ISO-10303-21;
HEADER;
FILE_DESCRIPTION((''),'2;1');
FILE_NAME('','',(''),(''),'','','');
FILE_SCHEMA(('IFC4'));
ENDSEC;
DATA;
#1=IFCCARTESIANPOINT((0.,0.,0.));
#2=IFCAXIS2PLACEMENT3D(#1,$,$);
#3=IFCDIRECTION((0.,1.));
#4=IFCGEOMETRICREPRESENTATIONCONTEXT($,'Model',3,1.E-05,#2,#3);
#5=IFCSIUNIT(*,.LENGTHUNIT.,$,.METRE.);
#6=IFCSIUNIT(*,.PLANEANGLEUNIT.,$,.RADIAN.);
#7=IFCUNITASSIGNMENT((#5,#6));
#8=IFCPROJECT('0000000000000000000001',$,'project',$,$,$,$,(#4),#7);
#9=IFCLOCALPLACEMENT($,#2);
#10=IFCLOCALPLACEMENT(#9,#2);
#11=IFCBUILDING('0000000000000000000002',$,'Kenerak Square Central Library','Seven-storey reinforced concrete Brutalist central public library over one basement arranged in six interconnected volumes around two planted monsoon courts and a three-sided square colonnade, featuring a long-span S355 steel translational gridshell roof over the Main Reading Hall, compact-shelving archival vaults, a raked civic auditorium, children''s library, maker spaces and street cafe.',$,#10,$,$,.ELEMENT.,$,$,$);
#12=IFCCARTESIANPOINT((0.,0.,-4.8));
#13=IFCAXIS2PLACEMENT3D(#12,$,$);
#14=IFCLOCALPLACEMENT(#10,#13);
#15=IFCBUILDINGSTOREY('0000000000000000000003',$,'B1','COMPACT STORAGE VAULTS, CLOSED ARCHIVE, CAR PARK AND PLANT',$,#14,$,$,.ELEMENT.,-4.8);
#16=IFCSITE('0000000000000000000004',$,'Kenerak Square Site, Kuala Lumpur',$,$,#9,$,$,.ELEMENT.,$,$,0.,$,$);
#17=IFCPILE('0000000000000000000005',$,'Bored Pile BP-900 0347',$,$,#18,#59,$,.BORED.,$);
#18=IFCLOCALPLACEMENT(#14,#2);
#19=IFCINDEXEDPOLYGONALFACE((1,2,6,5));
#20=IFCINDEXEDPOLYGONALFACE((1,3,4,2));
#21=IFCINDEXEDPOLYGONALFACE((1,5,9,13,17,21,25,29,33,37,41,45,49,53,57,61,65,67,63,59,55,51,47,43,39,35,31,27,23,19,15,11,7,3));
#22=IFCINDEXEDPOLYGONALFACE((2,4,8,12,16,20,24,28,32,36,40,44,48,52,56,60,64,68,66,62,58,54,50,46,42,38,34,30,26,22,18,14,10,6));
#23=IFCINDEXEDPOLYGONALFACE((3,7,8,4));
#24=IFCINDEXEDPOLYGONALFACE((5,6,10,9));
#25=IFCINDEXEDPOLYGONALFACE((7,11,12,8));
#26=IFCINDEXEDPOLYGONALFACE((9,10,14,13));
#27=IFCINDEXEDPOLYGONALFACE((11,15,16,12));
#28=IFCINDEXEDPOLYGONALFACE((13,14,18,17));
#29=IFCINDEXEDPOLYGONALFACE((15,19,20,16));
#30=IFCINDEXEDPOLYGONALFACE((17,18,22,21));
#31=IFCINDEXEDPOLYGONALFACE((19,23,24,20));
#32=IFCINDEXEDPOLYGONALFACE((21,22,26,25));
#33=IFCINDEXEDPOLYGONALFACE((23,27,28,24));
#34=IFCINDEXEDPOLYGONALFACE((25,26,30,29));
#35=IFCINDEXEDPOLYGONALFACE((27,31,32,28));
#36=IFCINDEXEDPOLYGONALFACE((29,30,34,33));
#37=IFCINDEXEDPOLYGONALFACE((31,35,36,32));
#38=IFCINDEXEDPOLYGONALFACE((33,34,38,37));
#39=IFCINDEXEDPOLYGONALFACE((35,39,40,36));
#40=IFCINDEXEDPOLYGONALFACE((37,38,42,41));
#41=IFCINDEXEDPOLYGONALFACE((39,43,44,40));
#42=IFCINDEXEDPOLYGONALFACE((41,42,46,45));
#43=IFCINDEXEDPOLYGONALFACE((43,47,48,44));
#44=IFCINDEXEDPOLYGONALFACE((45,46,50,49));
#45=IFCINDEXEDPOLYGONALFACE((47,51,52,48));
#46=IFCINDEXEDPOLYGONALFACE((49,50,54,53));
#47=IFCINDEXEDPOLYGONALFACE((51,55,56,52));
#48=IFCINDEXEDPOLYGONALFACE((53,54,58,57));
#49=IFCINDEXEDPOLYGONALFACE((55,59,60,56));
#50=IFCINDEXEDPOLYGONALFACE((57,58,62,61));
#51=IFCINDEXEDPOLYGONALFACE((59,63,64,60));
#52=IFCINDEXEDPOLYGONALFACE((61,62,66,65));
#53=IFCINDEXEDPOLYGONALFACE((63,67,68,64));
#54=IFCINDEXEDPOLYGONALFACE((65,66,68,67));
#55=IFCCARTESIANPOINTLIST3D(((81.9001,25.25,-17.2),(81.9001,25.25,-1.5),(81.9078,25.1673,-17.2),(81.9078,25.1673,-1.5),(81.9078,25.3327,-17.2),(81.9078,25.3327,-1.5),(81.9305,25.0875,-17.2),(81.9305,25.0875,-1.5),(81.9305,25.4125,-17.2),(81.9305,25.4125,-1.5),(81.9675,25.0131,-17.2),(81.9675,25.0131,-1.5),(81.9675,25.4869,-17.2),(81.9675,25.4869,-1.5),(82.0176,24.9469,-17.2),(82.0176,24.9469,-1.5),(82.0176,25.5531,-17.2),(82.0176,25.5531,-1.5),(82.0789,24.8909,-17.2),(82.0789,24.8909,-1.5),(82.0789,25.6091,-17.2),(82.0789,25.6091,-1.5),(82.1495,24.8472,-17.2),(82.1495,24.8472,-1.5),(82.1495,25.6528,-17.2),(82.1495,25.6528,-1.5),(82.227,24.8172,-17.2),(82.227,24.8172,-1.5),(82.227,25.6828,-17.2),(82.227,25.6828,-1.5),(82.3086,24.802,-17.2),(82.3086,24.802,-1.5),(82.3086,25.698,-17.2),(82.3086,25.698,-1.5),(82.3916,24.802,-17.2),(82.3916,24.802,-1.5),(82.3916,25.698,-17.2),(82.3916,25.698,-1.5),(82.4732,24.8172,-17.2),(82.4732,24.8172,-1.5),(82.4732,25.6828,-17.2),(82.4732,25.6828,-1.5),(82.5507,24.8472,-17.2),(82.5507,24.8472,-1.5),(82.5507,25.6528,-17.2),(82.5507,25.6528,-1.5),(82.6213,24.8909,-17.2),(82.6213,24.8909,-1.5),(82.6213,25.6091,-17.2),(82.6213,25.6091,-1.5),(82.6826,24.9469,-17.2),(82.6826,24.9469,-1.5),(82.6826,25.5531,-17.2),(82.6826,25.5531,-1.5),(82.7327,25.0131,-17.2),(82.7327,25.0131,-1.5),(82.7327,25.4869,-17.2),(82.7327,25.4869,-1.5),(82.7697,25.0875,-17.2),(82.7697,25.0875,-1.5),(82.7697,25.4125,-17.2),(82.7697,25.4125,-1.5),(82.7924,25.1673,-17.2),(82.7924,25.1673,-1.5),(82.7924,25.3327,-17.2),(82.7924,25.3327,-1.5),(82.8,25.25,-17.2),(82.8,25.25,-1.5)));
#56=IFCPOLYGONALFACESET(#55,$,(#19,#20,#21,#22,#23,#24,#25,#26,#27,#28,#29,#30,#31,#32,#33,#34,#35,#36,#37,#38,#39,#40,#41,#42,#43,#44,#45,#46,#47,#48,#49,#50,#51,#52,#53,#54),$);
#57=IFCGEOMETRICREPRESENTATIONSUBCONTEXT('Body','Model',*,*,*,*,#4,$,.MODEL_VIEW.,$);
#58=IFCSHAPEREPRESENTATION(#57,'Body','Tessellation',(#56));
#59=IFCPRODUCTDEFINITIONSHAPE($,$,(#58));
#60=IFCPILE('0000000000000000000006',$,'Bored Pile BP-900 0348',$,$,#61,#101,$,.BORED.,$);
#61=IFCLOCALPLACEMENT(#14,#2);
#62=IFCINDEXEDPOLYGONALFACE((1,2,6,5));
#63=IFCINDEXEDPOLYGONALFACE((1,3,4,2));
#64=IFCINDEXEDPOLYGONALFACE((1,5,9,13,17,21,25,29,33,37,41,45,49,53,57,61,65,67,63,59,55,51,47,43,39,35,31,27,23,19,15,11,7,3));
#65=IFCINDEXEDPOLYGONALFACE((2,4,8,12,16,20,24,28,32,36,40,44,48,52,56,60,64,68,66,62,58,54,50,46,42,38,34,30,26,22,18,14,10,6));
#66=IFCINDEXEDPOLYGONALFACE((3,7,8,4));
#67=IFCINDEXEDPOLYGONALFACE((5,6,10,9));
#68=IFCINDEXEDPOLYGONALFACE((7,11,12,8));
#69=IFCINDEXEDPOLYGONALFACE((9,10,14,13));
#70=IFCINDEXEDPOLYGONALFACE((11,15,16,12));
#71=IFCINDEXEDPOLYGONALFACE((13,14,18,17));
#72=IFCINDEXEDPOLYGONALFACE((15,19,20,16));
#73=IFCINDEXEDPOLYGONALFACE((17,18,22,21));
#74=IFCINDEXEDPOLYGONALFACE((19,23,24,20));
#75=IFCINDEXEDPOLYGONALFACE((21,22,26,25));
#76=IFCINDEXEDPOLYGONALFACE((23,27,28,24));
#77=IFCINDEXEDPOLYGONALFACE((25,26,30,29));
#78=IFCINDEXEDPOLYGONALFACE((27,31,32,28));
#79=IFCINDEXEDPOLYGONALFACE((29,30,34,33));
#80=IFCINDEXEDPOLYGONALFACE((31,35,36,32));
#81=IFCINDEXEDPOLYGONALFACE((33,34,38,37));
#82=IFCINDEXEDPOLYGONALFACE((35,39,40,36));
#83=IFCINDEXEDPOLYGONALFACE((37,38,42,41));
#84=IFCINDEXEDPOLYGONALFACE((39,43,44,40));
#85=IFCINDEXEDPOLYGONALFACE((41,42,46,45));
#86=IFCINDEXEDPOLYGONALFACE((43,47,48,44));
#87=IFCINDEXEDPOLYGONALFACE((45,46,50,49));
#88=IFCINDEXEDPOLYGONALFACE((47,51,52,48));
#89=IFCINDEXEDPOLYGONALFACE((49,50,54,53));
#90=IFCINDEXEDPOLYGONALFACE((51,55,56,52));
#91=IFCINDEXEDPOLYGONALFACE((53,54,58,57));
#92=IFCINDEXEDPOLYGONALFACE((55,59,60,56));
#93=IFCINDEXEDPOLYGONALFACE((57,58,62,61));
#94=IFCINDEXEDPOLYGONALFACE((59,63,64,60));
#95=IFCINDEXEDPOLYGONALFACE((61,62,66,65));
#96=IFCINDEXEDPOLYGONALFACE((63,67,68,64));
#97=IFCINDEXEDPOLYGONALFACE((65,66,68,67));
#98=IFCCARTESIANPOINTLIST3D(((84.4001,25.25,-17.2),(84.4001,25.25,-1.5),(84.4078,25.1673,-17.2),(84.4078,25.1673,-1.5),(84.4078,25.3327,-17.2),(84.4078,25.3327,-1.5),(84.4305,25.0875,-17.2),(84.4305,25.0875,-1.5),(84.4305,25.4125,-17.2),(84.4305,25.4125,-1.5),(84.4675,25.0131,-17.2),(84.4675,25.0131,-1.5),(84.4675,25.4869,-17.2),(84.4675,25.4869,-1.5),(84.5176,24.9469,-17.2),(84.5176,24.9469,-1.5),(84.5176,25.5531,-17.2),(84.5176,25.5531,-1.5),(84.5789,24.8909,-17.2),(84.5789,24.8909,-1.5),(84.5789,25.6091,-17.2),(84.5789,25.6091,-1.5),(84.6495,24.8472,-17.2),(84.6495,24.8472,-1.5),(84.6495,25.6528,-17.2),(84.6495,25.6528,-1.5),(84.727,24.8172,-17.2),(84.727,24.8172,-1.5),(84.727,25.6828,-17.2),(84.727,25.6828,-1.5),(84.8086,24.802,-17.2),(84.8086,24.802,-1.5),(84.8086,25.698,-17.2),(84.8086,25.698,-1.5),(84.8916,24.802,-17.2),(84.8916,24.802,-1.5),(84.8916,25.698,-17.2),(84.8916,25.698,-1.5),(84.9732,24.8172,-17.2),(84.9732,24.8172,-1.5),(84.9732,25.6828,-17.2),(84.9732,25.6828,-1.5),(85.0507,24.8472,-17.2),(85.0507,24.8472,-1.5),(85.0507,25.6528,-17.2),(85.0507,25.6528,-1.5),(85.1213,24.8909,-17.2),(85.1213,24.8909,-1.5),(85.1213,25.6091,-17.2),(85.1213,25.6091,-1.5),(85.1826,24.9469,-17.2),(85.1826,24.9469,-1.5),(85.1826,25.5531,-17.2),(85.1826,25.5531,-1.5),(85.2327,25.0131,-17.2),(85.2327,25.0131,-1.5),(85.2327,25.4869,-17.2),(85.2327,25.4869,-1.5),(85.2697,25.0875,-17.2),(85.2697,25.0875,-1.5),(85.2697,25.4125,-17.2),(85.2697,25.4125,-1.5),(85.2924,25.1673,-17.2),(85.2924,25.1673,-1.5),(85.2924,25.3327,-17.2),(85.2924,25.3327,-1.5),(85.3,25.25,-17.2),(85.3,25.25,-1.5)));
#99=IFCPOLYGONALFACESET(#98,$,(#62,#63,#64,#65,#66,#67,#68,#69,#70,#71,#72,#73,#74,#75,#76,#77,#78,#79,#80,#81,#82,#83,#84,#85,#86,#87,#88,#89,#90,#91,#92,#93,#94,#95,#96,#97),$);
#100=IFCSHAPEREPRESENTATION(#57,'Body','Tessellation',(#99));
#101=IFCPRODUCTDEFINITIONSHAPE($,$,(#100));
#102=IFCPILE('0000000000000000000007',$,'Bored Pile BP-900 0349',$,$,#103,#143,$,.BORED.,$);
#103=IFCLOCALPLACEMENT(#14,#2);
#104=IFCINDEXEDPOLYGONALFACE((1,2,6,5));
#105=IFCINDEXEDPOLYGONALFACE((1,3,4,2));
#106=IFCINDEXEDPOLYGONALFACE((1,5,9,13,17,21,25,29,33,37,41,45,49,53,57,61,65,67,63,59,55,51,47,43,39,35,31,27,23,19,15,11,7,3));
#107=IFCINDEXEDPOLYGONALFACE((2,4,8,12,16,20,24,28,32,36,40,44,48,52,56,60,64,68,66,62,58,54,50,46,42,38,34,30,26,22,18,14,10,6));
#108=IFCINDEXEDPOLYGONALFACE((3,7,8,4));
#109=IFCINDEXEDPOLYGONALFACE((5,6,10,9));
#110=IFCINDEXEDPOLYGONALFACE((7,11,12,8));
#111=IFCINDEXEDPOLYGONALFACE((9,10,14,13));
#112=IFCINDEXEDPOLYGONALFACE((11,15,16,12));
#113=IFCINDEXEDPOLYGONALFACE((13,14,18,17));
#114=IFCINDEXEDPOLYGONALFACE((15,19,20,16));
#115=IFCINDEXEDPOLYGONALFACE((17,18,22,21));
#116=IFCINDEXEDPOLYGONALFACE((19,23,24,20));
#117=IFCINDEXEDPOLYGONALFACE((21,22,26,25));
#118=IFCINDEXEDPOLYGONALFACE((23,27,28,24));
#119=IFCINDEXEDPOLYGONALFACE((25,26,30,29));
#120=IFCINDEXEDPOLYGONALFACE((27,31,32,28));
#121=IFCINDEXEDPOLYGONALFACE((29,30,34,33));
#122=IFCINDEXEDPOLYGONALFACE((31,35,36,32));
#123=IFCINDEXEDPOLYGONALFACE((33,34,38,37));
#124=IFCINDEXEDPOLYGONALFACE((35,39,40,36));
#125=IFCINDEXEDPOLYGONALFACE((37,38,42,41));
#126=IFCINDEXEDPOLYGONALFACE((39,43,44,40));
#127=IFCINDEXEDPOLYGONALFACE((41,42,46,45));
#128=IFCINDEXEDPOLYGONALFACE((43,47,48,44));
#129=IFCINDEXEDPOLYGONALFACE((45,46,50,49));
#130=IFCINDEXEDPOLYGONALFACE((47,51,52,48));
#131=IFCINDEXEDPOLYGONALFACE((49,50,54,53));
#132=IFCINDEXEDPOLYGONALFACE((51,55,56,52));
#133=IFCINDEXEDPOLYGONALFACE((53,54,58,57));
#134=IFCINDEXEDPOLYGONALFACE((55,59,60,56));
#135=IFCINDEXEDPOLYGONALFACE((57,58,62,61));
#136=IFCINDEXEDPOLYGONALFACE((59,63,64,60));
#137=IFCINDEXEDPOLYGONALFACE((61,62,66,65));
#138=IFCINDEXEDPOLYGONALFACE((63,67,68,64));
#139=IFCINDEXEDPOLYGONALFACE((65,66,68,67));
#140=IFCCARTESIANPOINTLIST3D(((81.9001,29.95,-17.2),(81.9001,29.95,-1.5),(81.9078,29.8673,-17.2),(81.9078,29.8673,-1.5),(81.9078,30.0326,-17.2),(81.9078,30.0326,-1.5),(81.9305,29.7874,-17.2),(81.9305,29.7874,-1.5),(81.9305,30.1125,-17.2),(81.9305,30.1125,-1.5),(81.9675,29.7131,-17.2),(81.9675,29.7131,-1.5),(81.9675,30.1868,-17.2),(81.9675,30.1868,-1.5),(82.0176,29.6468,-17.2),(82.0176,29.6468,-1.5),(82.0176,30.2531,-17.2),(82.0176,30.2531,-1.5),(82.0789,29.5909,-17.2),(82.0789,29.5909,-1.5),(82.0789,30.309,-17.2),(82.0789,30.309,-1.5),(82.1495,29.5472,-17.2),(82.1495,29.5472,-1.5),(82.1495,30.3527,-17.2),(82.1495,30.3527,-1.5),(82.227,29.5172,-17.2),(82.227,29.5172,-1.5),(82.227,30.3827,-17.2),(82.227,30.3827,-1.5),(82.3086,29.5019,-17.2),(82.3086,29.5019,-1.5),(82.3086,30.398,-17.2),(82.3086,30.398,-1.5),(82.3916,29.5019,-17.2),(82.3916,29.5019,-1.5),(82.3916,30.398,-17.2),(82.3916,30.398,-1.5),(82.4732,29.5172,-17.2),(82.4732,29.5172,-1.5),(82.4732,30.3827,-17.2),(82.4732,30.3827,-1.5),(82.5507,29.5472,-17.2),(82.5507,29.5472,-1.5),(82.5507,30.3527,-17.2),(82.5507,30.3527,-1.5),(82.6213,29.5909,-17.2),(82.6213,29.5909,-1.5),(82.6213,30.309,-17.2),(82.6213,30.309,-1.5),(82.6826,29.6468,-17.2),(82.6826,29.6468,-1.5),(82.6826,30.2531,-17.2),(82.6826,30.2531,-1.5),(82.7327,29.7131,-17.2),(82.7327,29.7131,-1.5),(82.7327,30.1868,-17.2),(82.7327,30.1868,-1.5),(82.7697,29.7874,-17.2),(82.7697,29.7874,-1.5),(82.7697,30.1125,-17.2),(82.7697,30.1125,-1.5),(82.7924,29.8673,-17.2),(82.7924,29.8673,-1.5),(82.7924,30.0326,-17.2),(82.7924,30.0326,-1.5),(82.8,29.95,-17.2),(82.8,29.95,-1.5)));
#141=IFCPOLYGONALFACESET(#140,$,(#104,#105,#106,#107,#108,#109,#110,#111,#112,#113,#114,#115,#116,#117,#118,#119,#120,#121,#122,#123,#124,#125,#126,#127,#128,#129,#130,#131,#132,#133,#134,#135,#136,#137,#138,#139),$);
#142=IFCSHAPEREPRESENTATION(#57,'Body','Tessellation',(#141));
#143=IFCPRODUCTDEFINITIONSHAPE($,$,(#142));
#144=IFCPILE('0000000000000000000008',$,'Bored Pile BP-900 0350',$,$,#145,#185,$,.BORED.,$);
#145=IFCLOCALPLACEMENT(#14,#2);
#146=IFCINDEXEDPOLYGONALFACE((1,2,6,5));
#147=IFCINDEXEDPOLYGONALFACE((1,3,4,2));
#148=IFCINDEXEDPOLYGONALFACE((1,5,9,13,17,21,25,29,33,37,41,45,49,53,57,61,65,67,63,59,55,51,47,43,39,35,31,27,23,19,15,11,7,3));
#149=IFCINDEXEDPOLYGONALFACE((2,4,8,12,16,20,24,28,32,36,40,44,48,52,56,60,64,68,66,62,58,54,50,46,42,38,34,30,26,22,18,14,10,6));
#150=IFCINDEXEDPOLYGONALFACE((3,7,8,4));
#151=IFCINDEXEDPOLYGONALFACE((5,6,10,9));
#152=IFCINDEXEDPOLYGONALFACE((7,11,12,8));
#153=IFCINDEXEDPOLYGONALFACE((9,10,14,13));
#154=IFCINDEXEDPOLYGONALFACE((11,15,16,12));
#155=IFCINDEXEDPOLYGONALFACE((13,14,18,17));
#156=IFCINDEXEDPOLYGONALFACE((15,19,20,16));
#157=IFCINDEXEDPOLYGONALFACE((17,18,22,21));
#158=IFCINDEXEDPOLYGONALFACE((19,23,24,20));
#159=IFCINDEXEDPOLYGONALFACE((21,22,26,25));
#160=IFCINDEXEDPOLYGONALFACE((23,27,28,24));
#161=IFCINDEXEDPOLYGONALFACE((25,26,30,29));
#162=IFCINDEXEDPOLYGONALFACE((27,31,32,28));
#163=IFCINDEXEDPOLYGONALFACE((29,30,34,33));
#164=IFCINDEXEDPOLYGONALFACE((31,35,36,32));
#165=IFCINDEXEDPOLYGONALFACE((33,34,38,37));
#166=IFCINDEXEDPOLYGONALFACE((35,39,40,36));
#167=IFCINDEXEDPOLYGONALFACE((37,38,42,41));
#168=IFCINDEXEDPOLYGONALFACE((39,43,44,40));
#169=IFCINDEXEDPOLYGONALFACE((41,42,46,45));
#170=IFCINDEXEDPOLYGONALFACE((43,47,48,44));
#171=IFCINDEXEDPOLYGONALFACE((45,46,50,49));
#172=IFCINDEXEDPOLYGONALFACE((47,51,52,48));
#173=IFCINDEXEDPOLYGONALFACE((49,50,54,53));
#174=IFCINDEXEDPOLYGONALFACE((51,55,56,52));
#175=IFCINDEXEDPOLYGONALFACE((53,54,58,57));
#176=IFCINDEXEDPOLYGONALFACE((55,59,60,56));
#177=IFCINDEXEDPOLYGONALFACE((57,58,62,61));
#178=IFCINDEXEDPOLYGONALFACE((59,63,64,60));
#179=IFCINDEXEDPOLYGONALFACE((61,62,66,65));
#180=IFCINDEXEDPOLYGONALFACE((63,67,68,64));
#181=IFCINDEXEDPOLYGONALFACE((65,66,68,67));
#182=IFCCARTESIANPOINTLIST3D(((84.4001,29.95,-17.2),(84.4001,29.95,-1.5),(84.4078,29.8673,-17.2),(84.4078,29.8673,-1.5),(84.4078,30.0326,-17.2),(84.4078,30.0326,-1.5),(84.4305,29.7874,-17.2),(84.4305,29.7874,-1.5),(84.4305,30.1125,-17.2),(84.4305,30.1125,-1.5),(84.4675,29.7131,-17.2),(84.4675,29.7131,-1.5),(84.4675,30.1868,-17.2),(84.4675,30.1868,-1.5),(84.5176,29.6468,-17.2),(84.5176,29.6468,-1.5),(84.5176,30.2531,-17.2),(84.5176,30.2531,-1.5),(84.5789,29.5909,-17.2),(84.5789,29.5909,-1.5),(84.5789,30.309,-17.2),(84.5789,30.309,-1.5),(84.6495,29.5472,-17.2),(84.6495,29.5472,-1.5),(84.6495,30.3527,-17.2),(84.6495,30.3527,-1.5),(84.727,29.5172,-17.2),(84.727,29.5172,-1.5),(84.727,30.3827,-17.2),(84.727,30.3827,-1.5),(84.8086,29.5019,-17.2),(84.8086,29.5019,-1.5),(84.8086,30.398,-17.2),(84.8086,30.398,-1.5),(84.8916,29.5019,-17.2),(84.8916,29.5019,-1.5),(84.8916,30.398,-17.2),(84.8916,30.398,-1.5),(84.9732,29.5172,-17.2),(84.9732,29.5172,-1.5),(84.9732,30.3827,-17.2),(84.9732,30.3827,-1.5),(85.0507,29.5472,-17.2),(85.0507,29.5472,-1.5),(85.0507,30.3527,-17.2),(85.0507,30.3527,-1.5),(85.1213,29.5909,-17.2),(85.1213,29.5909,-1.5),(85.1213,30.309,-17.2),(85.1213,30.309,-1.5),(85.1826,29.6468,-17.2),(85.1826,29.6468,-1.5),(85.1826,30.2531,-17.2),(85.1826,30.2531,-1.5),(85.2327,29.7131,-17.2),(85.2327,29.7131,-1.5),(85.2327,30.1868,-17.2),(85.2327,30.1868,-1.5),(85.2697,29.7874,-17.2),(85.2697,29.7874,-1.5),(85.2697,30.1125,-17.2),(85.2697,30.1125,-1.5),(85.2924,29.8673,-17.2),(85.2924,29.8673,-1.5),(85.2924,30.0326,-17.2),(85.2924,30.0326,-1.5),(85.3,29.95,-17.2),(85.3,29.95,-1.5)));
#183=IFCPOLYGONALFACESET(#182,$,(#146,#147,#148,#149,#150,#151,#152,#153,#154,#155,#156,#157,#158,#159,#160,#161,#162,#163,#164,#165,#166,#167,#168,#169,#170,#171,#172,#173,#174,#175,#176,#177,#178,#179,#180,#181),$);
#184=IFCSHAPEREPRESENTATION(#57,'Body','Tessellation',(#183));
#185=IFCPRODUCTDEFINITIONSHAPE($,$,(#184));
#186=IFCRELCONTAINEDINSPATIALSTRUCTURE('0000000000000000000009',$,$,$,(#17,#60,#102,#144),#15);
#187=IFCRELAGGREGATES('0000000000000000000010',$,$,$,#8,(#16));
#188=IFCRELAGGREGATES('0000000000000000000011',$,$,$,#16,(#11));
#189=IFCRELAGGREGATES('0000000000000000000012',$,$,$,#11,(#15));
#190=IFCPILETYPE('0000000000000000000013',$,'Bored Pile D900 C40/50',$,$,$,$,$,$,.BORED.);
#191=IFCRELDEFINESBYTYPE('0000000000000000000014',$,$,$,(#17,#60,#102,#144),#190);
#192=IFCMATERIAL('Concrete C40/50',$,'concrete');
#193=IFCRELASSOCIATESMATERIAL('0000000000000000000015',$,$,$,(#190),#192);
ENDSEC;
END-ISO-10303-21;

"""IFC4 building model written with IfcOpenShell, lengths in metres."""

from ifc_helpers import new_model, si_unit, direction, frame, origin, origin_2d, place, context, subcontext, project, spatial, circle, extrude, material, material_profile, profile_set, type_object, element, save


model = new_model("IFC4")

# Units and contexts
model_context = context("Model", 3, precision=1e-05, world=origin(), true_north=direction((0.0, 1.0)))
body_context = subcontext(model_context, "Body", "Model", "MODEL_VIEW")
ifc_project = project(units=[si_unit("LENGTHUNIT", "METRE"), si_unit("PLANEANGLEUNIT", "RADIAN")], contexts=[model_context])

# Site, building, storey
site_placement = place(None, origin())
site = spatial("IfcSite", under=ifc_project, at=site_placement, Name="Kenerak Square Site, Kuala Lumpur", CompositionType="ELEMENT", RefElevation=0.0)
building_placement = place(site_placement, origin())
building = spatial("IfcBuilding", under=site, at=building_placement, Name="Kenerak Square Central Library", Description="Seven-storey reinforced concrete Brutalist central public library over one basement arranged in six interconnected volumes around two planted monsoon courts and a three-sided square colonnade, featuring a long-span S355 steel translational gridshell roof over the Main Reading Hall, compact-shelving archival vaults, a raked civic auditorium, children's library, maker spaces and street cafe.", CompositionType="ELEMENT")
storey_placement = place(building_placement, frame((0.0, 0.0, -4.8)))
storey = spatial("IfcBuildingStorey", under=building, at=storey_placement, Name="B1", Description="COMPACT STORAGE VAULTS, CLOSED ARCHIVE, CAR PARK AND PLANT", CompositionType="ELEMENT", Elevation=-4.8)

# Piles
ifc_material_1 = material(Name="Concrete C40/50", Category="concrete")
ifc_material_profile_1 = material_profile(ifc_material_1, circle(Radius=0.45, at=origin_2d()), Name="BP D900")
ifc_profile_set_1 = profile_set([ifc_material_profile_1], Name="Concrete C40/50")
pile_type = type_object("IfcPileType", Name="Bored Pile D900 C40/50", PredefinedType="BORED", material=ifc_profile_set_1)
for number, where, z_axis, x_axis, name in (
    (1, (82.3501, 25.25, -1.5), (0.0, 0.0, -1.0), (1.0, 0.0, 0.0), "Bored Pile BP-900 0347"),
    (2, (84.8501, 25.25, -1.5), (0.0, 0.0, -1.0), (1.0, 0.0, 0.0), "Bored Pile BP-900 0348"),
    (3, (82.3501, 29.95, -1.5), (0.0, 0.0, -1.0), (1.0, 0.0, 0.0), "Bored Pile BP-900 0349"),
    (4, (84.8501, 29.95, -1.5), (0.0, 0.0, -1.0), (1.0, 0.0, 0.0), "Bored Pile BP-900 0350"),
):
    element("IfcPile", number, at=place(storey_placement, frame(where, z_axis=z_axis, x_axis=x_axis)), inside=storey, type_object=pile_type, Name=name, PredefinedType="BORED", context=body_context, shape_type="SweptSolid", body=[
        extrude(circle(Radius=0.45, at=origin_2d()), origin(), (0.0, 0.0, 1.0), 15.7),
    ])

save(model, "model.ifc")
